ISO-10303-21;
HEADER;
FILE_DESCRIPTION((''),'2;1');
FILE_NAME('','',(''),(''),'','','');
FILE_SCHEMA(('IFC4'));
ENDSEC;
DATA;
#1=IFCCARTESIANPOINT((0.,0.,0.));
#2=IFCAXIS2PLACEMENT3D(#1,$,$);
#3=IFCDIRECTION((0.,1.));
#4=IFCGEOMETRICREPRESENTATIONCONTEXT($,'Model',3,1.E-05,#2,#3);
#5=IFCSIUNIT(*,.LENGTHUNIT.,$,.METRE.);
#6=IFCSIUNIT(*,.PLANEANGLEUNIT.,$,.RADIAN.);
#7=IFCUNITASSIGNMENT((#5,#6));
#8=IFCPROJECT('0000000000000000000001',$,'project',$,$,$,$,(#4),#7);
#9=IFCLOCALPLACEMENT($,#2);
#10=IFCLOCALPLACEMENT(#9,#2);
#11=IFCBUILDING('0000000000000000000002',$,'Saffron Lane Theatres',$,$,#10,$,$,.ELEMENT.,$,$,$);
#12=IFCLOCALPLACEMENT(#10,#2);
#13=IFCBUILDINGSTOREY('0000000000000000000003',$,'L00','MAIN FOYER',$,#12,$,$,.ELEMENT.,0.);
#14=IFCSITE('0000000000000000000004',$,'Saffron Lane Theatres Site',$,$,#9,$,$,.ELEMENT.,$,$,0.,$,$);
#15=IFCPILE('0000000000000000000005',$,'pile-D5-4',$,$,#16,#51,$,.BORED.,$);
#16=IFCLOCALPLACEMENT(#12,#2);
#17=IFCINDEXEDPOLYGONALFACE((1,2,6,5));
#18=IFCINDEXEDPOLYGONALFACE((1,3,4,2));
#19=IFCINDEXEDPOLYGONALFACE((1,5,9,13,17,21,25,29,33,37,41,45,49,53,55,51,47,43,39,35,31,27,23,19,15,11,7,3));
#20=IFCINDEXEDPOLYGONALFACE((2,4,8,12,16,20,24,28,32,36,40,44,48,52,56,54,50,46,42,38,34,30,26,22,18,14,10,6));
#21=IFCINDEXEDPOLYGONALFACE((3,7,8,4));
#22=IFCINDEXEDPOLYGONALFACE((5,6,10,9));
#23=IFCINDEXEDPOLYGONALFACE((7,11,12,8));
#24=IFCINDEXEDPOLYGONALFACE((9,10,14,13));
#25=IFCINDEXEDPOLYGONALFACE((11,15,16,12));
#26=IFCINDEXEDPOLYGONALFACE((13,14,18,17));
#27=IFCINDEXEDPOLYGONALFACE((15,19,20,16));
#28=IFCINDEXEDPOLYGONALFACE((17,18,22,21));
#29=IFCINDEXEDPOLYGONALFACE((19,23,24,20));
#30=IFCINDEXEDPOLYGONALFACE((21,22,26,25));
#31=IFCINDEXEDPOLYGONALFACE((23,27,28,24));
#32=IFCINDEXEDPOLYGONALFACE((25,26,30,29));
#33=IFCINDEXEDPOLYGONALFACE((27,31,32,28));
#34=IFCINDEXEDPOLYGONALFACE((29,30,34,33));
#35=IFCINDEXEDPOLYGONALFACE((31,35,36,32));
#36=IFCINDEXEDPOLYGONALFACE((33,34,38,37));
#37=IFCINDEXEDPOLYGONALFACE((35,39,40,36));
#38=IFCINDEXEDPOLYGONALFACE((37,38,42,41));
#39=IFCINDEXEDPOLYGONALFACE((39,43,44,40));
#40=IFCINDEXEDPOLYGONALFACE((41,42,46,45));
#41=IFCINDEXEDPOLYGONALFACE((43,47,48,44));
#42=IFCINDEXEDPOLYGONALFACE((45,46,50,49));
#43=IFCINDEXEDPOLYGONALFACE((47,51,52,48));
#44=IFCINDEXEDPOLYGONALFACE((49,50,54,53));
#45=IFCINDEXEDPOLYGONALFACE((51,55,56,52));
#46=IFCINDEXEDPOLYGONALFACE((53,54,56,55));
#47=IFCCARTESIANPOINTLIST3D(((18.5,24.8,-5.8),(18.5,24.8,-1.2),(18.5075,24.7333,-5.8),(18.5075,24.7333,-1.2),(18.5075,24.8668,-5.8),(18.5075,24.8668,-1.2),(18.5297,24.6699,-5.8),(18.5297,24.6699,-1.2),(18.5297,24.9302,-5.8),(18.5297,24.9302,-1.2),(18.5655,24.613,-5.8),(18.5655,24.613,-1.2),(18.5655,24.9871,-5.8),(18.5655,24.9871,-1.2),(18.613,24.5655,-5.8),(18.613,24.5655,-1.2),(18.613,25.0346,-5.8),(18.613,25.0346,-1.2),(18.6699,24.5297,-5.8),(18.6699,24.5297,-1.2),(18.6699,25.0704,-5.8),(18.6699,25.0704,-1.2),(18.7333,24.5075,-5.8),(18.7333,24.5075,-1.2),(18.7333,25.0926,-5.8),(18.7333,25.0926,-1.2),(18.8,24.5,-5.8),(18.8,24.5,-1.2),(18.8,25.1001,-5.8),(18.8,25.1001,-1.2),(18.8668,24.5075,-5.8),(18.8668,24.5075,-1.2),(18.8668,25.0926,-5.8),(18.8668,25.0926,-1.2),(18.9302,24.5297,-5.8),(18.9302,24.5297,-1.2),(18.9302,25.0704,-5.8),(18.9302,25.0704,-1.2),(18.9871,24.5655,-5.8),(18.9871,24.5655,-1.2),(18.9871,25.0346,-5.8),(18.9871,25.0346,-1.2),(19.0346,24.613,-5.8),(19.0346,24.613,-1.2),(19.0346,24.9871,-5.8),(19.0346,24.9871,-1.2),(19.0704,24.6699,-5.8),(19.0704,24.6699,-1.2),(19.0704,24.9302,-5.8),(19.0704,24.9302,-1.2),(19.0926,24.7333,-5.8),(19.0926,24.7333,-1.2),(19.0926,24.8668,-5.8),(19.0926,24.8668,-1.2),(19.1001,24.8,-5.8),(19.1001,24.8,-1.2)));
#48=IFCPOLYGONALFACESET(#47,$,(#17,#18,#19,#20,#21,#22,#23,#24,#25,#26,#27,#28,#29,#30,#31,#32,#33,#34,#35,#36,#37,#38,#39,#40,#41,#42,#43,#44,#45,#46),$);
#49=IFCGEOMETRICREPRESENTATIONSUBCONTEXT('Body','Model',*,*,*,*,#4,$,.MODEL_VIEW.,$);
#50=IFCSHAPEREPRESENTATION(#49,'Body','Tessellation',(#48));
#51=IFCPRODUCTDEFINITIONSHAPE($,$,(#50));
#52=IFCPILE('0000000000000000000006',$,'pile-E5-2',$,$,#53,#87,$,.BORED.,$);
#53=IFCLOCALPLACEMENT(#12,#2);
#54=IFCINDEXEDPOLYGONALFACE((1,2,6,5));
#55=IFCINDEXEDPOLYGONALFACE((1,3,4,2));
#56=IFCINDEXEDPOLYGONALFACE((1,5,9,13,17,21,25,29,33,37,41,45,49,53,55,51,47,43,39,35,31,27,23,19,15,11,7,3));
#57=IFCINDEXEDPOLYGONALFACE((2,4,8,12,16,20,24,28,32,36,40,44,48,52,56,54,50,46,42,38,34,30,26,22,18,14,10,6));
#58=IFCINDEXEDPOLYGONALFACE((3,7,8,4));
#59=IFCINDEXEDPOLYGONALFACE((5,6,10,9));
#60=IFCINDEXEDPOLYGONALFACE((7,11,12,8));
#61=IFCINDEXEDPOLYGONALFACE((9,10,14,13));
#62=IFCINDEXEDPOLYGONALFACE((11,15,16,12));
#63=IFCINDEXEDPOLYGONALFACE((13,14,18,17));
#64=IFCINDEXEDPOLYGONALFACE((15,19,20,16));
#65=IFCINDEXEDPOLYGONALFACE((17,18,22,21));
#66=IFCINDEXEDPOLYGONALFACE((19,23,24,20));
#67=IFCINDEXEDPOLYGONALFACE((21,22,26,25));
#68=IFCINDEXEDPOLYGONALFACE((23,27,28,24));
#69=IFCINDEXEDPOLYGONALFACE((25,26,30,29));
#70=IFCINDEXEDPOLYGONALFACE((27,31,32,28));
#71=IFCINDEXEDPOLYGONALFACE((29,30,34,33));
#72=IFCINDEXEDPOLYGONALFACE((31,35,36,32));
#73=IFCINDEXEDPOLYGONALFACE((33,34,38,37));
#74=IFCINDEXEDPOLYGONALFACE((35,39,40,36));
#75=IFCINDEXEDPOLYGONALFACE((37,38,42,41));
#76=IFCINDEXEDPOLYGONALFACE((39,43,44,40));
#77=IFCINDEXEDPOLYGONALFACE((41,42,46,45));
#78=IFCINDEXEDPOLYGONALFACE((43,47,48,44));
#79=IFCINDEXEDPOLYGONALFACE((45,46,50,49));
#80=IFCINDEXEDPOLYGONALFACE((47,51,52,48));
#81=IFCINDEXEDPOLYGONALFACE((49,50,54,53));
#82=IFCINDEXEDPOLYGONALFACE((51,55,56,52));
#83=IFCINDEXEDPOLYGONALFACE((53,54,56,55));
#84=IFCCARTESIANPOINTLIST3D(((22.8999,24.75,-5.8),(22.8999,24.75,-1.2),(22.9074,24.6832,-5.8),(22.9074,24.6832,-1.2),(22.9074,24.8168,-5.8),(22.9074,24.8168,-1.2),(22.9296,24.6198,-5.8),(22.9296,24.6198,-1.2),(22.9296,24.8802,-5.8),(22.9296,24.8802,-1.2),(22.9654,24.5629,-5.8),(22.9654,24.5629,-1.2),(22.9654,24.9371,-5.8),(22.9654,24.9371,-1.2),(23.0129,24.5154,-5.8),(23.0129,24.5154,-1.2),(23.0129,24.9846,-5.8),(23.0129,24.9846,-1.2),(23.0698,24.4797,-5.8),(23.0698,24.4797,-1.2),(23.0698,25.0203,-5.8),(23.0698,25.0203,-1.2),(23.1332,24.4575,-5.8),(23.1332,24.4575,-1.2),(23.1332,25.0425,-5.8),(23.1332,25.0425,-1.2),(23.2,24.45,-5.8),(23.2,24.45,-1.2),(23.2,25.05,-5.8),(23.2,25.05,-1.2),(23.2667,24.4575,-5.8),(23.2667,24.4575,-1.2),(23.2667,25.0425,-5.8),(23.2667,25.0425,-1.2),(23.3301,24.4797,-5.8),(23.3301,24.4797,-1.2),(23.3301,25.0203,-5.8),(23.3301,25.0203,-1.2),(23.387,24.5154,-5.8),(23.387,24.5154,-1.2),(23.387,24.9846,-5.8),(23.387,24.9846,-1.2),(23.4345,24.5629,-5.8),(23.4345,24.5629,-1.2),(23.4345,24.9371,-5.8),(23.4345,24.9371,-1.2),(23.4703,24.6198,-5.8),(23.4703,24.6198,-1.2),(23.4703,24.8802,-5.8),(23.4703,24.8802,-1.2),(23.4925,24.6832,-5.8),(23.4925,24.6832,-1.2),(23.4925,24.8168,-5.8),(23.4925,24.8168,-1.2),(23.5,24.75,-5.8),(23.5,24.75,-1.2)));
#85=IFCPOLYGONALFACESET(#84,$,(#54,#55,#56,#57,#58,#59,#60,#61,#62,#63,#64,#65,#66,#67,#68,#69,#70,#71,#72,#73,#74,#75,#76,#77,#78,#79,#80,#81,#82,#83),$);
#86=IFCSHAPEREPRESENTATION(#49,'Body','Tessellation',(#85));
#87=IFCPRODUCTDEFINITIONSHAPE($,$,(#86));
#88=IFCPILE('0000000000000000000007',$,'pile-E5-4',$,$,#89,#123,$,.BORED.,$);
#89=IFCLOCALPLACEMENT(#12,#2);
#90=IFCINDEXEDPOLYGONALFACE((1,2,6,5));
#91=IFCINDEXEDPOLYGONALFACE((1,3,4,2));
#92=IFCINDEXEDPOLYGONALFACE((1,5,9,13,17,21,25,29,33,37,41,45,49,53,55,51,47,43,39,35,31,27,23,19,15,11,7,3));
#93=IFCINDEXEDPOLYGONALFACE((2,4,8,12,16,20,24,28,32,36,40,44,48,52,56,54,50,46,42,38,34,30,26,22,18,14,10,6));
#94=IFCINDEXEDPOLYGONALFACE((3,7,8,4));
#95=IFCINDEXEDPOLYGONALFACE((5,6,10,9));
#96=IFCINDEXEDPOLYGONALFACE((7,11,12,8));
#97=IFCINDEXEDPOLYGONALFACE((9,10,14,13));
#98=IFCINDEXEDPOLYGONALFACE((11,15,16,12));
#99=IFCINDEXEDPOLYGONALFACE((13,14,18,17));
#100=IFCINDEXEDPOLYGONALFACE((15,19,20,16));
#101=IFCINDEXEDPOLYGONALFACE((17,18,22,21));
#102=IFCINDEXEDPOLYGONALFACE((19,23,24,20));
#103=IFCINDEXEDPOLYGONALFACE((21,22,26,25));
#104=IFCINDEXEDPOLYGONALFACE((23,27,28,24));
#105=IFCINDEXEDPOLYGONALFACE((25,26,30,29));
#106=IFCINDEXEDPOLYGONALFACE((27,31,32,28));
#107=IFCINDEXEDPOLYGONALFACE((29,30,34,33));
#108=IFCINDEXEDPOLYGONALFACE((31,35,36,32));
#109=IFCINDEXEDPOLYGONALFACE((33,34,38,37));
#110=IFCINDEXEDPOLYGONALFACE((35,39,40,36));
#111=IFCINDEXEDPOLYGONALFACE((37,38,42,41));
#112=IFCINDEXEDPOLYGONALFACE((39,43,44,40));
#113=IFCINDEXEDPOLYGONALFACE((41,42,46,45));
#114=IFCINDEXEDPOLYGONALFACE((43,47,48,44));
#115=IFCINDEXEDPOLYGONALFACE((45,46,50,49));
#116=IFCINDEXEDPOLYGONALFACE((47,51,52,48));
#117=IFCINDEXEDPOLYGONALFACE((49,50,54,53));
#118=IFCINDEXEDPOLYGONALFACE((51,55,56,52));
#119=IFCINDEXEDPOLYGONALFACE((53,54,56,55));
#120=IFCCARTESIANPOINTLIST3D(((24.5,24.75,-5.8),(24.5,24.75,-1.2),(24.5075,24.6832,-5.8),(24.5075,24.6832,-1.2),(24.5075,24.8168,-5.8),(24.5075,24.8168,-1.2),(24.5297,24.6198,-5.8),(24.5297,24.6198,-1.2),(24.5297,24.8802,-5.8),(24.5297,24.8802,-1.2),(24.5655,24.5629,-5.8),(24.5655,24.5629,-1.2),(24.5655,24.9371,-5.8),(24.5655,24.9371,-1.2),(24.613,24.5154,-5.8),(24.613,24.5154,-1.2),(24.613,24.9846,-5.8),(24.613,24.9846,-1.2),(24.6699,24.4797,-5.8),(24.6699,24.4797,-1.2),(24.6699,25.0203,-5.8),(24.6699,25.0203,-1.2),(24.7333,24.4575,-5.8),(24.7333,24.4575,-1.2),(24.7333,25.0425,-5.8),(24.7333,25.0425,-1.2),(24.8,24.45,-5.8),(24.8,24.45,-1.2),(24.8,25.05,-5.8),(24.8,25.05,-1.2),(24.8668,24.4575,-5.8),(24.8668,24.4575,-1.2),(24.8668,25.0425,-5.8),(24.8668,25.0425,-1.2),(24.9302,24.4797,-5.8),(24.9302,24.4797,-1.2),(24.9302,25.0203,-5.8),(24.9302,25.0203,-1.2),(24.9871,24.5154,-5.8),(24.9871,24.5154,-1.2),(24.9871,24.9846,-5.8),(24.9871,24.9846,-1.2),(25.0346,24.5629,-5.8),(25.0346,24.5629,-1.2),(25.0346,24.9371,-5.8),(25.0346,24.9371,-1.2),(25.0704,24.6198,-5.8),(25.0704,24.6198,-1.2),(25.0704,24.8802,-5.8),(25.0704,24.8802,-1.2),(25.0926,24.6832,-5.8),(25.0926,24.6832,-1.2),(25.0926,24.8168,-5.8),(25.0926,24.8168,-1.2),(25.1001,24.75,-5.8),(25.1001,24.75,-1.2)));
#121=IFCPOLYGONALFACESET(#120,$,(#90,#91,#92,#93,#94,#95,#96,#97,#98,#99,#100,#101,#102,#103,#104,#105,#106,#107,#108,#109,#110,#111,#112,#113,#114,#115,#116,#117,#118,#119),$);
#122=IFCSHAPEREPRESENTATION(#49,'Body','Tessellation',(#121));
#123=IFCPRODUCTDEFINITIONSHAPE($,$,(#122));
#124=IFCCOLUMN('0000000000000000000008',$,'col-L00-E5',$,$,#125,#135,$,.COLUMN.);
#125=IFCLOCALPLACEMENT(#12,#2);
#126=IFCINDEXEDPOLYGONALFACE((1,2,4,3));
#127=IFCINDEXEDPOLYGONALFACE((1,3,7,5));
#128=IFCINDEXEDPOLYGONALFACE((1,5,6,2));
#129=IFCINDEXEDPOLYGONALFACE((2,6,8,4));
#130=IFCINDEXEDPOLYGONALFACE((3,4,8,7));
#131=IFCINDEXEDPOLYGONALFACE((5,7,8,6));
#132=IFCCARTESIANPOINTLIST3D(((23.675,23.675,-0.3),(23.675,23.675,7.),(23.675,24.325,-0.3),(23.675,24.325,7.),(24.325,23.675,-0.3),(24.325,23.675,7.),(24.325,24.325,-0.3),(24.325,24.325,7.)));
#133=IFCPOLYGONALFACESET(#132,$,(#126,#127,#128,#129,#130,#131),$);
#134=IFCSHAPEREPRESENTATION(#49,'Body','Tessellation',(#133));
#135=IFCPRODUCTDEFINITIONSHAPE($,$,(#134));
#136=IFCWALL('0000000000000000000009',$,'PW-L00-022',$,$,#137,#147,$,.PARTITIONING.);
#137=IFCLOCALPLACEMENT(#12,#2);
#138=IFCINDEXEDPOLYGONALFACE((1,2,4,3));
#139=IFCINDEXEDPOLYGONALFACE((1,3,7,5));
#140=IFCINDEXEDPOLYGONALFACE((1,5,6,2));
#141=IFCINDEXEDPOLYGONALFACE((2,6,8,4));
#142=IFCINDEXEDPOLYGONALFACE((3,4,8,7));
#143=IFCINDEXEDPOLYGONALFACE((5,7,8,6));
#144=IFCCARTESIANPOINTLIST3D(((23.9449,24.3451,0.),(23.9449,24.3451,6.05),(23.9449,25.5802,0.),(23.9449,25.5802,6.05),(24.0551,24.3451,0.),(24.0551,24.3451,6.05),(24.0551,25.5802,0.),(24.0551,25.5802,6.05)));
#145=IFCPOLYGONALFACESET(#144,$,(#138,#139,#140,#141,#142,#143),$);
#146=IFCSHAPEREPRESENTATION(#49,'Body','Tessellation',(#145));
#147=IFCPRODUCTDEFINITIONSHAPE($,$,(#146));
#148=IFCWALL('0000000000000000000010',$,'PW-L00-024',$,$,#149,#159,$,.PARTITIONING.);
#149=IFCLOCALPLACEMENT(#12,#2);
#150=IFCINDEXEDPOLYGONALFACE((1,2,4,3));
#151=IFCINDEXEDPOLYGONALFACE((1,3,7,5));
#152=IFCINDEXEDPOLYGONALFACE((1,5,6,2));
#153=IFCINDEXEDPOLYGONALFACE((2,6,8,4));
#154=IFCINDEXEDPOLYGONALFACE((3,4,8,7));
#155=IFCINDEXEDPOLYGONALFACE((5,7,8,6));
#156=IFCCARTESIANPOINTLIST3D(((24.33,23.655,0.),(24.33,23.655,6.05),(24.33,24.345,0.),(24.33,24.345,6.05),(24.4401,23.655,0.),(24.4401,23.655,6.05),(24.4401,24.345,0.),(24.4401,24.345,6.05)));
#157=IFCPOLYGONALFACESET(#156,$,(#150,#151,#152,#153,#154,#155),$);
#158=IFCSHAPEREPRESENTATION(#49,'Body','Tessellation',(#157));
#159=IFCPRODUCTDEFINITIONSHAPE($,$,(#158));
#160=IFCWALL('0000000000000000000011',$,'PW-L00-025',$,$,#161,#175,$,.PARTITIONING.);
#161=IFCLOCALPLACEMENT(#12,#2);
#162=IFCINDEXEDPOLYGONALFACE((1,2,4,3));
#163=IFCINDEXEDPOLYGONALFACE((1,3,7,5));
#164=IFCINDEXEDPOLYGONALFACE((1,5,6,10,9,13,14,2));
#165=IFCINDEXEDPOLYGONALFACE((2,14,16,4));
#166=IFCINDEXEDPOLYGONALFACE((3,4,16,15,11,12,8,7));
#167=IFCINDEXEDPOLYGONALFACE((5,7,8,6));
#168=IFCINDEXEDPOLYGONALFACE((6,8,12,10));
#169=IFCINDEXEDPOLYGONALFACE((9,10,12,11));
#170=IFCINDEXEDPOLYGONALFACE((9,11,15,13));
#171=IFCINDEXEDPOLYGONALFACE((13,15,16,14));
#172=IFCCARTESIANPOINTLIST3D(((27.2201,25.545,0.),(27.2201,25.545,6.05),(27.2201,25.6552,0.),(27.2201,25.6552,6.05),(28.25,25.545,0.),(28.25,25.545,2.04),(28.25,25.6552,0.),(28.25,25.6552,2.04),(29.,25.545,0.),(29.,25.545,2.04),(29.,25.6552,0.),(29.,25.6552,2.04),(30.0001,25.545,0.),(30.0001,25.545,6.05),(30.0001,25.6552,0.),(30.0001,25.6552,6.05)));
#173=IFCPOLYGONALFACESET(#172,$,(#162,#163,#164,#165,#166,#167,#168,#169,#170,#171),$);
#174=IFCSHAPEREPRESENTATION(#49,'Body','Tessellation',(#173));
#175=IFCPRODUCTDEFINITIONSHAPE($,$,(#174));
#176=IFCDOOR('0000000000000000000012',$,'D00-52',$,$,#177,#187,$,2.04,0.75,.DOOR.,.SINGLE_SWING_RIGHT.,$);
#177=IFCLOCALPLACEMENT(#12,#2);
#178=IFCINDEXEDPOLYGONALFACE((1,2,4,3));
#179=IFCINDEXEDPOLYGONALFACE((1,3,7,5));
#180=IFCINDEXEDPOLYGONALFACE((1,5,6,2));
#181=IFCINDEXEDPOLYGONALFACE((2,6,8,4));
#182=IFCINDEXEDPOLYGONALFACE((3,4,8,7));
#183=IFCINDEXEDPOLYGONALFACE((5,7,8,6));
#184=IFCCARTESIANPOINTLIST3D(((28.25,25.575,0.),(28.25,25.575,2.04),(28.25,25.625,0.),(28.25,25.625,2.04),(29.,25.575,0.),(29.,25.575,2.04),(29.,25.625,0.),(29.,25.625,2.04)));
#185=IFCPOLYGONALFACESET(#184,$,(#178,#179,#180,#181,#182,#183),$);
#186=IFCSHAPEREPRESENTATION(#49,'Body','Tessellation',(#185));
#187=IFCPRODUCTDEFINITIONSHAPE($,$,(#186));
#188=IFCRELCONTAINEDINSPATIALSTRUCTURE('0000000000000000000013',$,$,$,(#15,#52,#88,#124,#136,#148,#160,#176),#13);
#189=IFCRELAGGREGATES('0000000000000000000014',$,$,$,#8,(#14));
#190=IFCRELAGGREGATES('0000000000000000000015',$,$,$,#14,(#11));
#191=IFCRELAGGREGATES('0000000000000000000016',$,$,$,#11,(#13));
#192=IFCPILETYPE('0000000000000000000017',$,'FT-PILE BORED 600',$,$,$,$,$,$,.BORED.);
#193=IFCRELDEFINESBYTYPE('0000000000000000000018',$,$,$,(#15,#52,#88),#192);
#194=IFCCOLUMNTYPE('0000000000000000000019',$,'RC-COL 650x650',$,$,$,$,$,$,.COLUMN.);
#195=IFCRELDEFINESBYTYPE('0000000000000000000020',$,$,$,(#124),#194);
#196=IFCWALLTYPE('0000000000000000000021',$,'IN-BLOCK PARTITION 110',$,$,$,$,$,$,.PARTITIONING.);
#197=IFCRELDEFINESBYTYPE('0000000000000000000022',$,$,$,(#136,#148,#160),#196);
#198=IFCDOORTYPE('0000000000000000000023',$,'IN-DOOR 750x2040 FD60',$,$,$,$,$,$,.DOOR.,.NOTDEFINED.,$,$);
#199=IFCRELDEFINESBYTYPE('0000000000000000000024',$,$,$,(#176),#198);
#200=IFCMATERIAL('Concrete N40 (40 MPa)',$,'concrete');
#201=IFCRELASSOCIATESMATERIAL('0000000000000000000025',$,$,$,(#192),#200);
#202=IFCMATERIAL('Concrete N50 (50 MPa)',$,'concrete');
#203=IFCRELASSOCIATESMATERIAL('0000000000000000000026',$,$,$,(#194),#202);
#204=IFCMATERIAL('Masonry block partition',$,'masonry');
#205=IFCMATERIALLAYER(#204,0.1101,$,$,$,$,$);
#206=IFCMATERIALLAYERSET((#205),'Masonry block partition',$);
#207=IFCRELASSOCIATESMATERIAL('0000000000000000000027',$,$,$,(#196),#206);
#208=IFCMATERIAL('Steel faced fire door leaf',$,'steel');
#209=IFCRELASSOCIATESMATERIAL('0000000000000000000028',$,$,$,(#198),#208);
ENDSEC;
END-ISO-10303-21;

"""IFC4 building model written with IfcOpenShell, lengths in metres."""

from ifc_helpers import new_model, si_unit, direction, frame, frame_2d, origin, origin_2d, place, context, subcontext, project, spatial, rectangle, circle, extrude, material, layer, layer_set, material_profile, profile_set, type_object, element, fill, save


model = new_model("IFC4")

# Units and contexts
model_context = context("Model", 3, precision=1e-05, world=origin(), true_north=direction((0.0, 1.0)))
body_context = subcontext(model_context, "Body", "Model", "MODEL_VIEW")
ifc_project = project(units=[si_unit("LENGTHUNIT", "METRE"), si_unit("PLANEANGLEUNIT", "RADIAN")], contexts=[model_context])

# Site, building, storey
site_placement = place(None, origin())
site = spatial("IfcSite", under=ifc_project, at=site_placement, Name="Saffron Lane Theatres Site", CompositionType="ELEMENT", RefElevation=0.0)
building_placement = place(site_placement, origin())
building = spatial("IfcBuilding", under=site, at=building_placement, Name="Saffron Lane Theatres", CompositionType="ELEMENT")
storey_placement = place(building_placement, origin())
storey = spatial("IfcBuildingStorey", under=building, at=storey_placement, Name="L00", Description="MAIN FOYER", CompositionType="ELEMENT", Elevation=0.0)

# Piles
ifc_material_1 = material(Name="Concrete N40 (40 MPa)", Category="concrete")
ifc_material_profile_1 = material_profile(ifc_material_1, circle(Radius=0.3, at=origin_2d()))
ifc_profile_set_1 = profile_set([ifc_material_profile_1], Name="Concrete N40 (40 MPa)")
pile_type = type_object("IfcPileType", Name="FT-PILE BORED 600", PredefinedType="BORED", material=ifc_profile_set_1)
for number, where, z_axis, x_axis, name in (
    (1, (18.8, 24.8, -1.2), (0.0, 0.0, -1.0), (1.0, 0.0, 0.0), "pile-D5-4"),
    (2, (23.2, 24.75, -1.2), (0.0, 0.0, -1.0), (1.0, 0.0, 0.0), "pile-E5-2"),
    (3, (24.8, 24.75, -1.2), (0.0, 0.0, -1.0), (1.0, 0.0, 0.0), "pile-E5-4"),
):
    element("IfcPile", number, at=place(storey_placement, frame(where, z_axis=z_axis, x_axis=x_axis)), inside=storey, type_object=pile_type, Name=name, PredefinedType="BORED", context=body_context, shape_type="SweptSolid", body=[
        extrude(circle(Radius=0.3, at=origin_2d()), origin(), (0.0, 0.0, 1.0), 4.6001),
    ])

# Column
ifc_material_2 = material(Name="Concrete N50 (50 MPa)", Category="concrete")
ifc_material_profile_2 = material_profile(ifc_material_2, rectangle(XDim=0.6499, YDim=0.6499, at=origin_2d()))
ifc_profile_set_2 = profile_set([ifc_material_profile_2], Name="Concrete N50 (50 MPa)")
column_type = type_object("IfcColumnType", Name="RC-COL 650x650", PredefinedType="COLUMN", material=ifc_profile_set_2)
column_placement = place(storey_placement, frame((24.0, 24.0, -0.3), z_axis=(0.0, 0.0, 1.0), x_axis=(1.0, 0.0, 0.0)))
element("IfcColumn", 4, at=column_placement, inside=storey, type_object=column_type, Name="col-L00-E5", PredefinedType="COLUMN", context=body_context, shape_type="SweptSolid", body=[
    extrude(rectangle(XDim=0.6499, YDim=0.6499, at=origin_2d()), origin(), (0.0, 0.0, 1.0), 7.3),
])

# Walls
ifc_material_3 = material(Name="Masonry block partition", Category="masonry")
ifc_layer_1 = layer(ifc_material_3, 0.1101)
ifc_layer_set_1 = layer_set([ifc_layer_1], Name="Masonry block partition")
wall_type_1 = type_object("IfcWallType", Name="IN-BLOCK PARTITION 110", PredefinedType="PARTITIONING", material=ifc_layer_set_1)
wall_1_placement = place(storey_placement, frame((24.0, 24.345, 0.0), z_axis=(0.0, 0.0, 1.0), x_axis=(0.0, 1.0, 0.0)))
element("IfcWall", 5, at=wall_1_placement, inside=storey, type_object=wall_type_1, Name="PW-L00-022", PredefinedType="PARTITIONING", context=body_context, shape_type="SweptSolid", body=[
    extrude(rectangle(XDim=1.2351, YDim=0.1101, at=frame_2d((0.6177, 0.0))), origin(), (0.0, 0.0, 1.0), 6.05),
])
wall_2_placement = place(storey_placement, frame((24.385, 23.655, 0.0), z_axis=(0.0, 0.0, 1.0), x_axis=(0.0, 1.0, 0.0)))
element("IfcWall", 6, at=wall_2_placement, inside=storey, type_object=wall_type_1, Name="PW-L00-024", PredefinedType="PARTITIONING", context=body_context, shape_type="SweptSolid", body=[
    extrude(rectangle(XDim=0.6899, YDim=0.1101, at=frame_2d((0.345, 0.0))), origin(), (0.0, 0.0, 1.0), 6.05),
])

# Wall, opening, door
wall_3_placement = place(storey_placement, frame((27.22, 25.6001, 0.0), z_axis=(0.0, 0.0, 1.0), x_axis=(1.0, 0.0, 0.0)))
wall_3 = element("IfcWall", 7, at=wall_3_placement, inside=storey, type_object=wall_type_1, Name="PW-L00-025", PredefinedType="PARTITIONING", context=body_context, shape_type="SweptSolid", body=[
    extrude(rectangle(XDim=2.78, YDim=0.1101, at=frame_2d((1.3901, 0.0))), origin(), (0.0, 0.0, 1.0), 6.05),
])
opening_1_placement = place(wall_3_placement, frame((1.03, 0.0, 0.0)))
opening_1 = element("IfcOpeningElement", 8, at=opening_1_placement, cuts=wall_3, PredefinedType="OPENING", context=body_context, shape_type="SweptSolid", body=[
    extrude(rectangle(XDim=0.75, YDim=2.04, at=frame_2d((0.375, 1.02))), frame((0.0, 0.0649, 0.0), z_axis=(0.0, -1.0, 0.0), x_axis=(1.0, 0.0, 0.0)), (0.0, 0.0, 1.0), 0.1301),
])
ifc_material_4 = material(Name="Steel faced fire door leaf", Category="steel")
door_type_1 = type_object("IfcDoorType", Name="IN-DOOR 750x2040 FD60", OperationType="NOTDEFINED", PredefinedType="DOOR", material=ifc_material_4)
door_1_placement = place(opening_1_placement, origin())
door_1 = element("IfcDoor", 9, at=door_1_placement, inside=storey, type_object=door_type_1, Name="D00-52", OperationType="SINGLE_SWING_RIGHT", OverallHeight=2.04, OverallWidth=0.75, PredefinedType="DOOR", context=body_context, shape_type="SweptSolid", body=[
    extrude(rectangle(XDim=0.75, YDim=2.04, at=frame_2d((0.375, 1.02))), frame((0.0, 0.0249, 0.0), z_axis=(0.0, -1.0, 0.0), x_axis=(1.0, 0.0, 0.0)), (0.0, 0.0, 1.0), 0.05),
])
fill(opening_1, door_1)

save(model, "model.ifc")
